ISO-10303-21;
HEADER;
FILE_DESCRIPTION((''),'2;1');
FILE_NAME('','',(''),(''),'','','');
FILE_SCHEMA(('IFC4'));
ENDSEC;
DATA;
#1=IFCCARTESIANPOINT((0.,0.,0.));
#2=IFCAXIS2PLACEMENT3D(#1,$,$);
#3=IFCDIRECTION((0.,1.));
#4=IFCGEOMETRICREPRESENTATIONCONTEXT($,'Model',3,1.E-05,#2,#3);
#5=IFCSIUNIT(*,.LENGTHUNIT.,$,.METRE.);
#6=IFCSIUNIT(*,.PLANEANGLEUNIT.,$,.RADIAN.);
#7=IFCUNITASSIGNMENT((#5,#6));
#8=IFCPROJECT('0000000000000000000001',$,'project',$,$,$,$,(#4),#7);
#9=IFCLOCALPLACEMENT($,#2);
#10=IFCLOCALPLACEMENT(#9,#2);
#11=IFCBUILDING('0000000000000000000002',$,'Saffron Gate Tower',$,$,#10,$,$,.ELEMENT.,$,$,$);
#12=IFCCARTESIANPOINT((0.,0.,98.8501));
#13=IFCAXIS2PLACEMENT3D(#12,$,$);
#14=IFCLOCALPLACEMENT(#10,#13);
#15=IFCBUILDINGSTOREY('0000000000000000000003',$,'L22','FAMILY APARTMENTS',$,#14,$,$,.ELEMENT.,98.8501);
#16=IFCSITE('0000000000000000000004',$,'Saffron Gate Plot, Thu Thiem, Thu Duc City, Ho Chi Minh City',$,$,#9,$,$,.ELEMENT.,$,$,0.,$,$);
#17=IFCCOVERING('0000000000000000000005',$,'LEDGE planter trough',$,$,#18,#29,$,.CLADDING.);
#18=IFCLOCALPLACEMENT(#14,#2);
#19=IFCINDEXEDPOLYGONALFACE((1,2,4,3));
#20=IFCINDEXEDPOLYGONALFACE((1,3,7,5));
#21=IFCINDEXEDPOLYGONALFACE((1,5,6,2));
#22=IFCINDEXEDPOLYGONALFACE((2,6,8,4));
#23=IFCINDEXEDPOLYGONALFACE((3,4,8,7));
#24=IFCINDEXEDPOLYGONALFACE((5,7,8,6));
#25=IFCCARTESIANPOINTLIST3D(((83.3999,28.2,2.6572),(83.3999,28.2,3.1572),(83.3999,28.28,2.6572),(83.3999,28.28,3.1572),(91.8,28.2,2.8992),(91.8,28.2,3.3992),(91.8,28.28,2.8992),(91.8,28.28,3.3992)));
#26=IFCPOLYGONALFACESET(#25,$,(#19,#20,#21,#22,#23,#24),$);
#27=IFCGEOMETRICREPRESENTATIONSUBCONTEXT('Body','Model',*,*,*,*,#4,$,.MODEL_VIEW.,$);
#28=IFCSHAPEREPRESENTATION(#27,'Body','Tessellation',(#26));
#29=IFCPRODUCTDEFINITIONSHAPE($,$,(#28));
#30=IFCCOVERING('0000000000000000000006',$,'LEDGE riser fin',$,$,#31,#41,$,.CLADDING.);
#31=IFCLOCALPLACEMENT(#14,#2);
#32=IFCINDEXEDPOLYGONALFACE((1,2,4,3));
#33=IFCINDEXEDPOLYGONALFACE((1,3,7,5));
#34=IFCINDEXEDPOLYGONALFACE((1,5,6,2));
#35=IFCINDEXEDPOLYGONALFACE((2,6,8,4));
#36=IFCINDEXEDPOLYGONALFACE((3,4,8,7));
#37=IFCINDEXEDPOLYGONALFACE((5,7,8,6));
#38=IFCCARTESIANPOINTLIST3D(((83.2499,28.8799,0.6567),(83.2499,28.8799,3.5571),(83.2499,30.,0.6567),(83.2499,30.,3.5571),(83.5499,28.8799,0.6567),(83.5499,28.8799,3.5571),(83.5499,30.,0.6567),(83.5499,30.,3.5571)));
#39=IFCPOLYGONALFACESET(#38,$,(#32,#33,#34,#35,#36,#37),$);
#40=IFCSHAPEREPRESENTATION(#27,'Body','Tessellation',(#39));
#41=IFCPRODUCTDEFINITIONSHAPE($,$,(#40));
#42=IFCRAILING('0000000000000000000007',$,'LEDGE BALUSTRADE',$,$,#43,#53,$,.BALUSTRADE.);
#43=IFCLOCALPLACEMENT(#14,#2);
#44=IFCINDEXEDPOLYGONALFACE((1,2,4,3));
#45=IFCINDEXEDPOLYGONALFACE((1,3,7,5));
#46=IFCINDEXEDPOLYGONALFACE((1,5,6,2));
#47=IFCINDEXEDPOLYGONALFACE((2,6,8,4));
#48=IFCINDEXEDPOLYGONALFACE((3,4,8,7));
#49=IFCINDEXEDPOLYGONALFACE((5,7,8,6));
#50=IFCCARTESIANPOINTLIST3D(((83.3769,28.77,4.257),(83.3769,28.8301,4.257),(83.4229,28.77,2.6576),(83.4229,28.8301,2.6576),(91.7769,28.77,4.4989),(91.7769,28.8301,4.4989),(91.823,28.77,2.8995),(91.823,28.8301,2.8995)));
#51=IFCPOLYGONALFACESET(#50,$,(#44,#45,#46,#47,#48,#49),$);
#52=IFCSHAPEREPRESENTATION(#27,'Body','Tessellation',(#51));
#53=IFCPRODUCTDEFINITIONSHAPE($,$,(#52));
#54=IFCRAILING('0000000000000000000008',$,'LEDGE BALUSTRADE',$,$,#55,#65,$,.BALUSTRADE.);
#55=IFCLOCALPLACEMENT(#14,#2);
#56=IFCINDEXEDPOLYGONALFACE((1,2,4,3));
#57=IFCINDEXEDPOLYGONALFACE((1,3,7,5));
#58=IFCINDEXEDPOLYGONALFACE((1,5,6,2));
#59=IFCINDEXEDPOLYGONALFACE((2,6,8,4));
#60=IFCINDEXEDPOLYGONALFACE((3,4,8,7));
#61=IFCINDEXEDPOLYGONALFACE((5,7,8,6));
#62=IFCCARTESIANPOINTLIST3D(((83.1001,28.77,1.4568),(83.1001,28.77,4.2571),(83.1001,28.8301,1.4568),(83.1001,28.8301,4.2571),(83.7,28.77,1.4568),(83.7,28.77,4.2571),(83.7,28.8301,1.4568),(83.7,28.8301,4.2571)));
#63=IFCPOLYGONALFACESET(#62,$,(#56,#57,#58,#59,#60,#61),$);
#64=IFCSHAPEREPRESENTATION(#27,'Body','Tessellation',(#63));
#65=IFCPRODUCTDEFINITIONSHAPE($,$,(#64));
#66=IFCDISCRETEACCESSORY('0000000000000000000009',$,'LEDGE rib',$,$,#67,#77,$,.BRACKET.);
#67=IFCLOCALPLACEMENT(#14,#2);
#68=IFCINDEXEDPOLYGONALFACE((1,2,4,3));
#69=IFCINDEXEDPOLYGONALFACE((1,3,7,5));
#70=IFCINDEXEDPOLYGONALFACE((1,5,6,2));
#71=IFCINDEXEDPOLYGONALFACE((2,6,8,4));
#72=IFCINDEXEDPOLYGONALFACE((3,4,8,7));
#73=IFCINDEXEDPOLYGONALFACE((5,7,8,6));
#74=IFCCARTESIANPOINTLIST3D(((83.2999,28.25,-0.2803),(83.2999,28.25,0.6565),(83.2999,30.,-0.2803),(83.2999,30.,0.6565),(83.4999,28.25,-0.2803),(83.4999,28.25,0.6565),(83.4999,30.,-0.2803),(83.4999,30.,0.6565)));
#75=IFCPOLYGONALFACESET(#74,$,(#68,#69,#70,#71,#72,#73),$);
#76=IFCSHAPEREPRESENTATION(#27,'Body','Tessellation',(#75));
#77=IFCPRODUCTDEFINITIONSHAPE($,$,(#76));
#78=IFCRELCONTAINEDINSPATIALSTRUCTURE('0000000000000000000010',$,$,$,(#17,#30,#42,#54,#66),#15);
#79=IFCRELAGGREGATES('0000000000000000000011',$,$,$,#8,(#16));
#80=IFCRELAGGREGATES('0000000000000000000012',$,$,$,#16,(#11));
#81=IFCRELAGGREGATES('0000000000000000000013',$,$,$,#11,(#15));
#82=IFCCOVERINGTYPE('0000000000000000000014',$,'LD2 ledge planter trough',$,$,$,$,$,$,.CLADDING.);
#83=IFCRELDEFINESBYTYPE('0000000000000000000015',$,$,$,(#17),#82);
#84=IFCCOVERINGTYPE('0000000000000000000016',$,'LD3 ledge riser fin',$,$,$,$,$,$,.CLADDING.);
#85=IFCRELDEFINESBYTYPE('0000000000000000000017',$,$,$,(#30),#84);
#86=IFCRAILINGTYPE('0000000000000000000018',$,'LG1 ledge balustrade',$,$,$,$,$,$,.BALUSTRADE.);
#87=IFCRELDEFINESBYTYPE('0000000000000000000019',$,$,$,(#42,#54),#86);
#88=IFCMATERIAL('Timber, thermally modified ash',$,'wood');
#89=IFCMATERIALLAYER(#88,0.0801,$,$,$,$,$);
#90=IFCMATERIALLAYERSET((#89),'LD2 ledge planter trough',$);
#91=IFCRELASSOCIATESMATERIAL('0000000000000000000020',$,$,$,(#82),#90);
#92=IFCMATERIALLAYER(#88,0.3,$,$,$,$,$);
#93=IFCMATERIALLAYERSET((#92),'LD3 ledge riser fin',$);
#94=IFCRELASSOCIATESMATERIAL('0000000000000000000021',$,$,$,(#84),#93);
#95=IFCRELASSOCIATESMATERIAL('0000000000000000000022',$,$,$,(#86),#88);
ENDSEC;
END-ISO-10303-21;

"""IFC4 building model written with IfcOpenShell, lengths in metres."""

from ifc_helpers import new_model, si_unit, direction, frame, origin, origin_2d, place, context, subcontext, project, spatial, polyline, rectangle, outline, extrude, material, layer, layer_set, type_object, element, save


model = new_model("IFC4")

# Units and contexts
model_context = context("Model", 3, precision=1e-05, world=origin(), true_north=direction((0.0, 1.0)))
body_context = subcontext(model_context, "Body", "Model", "MODEL_VIEW")
ifc_project = project(units=[si_unit("LENGTHUNIT", "METRE"), si_unit("PLANEANGLEUNIT", "RADIAN")], contexts=[model_context])

# Site, building, storey
site_placement = place(None, origin())
site = spatial("IfcSite", under=ifc_project, at=site_placement, Name="Saffron Gate Plot, Thu Thiem, Thu Duc City, Ho Chi Minh City", CompositionType="ELEMENT", RefElevation=0.0)
building_placement = place(site_placement, origin())
building = spatial("IfcBuilding", under=site, at=building_placement, Name="Saffron Gate Tower", CompositionType="ELEMENT")
storey_placement = place(building_placement, frame((0.0, 0.0, 98.8501)))
storey = spatial("IfcBuildingStorey", under=building, at=storey_placement, Name="L22", Description="FAMILY APARTMENTS", CompositionType="ELEMENT", Elevation=98.8501)

# Coverings
ifc_material_1 = material(Name="Timber, thermally modified ash", Category="wood")
ifc_layer_1 = layer(ifc_material_1, 0.0801)
ifc_layer_set_1 = layer_set([ifc_layer_1], Name="LD2 ledge planter trough")
covering_type_1 = type_object("IfcCoveringType", Name="LD2 ledge planter trough", PredefinedType="CLADDING", material=ifc_layer_set_1)
covering_1_placement = place(storey_placement, frame((83.3999, 28.2, 2.6572), z_axis=(0.0, -1.0, 0.0), x_axis=(0.999585, 0.0, 0.02879)))
element("IfcCovering", 1, at=covering_1_placement, inside=storey, type_object=covering_type_1, Name="LEDGE planter trough", PredefinedType="CLADDING", context=body_context, shape_type="SweptSolid", body=[
    extrude(outline(polyline([(0.0, 0.0), (8.4036, 0.0), (8.418, 0.4998), (0.0144, 0.4998), (0.0, 0.0)])), origin(), (0.0, 0.0, -1.0), 0.0801),
])
ifc_layer_2 = layer(ifc_material_1, 0.3)
ifc_layer_set_2 = layer_set([ifc_layer_2], Name="LD3 ledge riser fin")
covering_type_2 = type_object("IfcCoveringType", Name="LD3 ledge riser fin", PredefinedType="CLADDING", material=ifc_layer_set_2)
covering_2_placement = place(storey_placement, frame((83.3999, 29.4399, 0.6567), z_axis=(0.0, 0.0, 1.0), x_axis=(1.0, 0.0, 0.0)))
element("IfcCovering", 2, at=covering_2_placement, inside=storey, type_object=covering_type_2, Name="LEDGE riser fin", PredefinedType="CLADDING", context=body_context, shape_type="SweptSolid", body=[
    extrude(rectangle(XDim=0.3, YDim=1.1201, at=origin_2d()), origin(), (0.0, 0.0, 1.0), 2.9004),
])

# Railings
railing_type = type_object("IfcRailingType", Name="LG1 ledge balustrade", PredefinedType="BALUSTRADE", material=ifc_material_1)
railing_1_placement = place(storey_placement, frame((83.3999, 28.8, 2.6572)))
element("IfcRailing", 3, at=railing_1_placement, inside=storey, type_object=railing_type, Name="LEDGE BALUSTRADE", PredefinedType="BALUSTRADE", context=body_context, shape_type="SweptSolid", body=[
    extrude(rectangle(XDim=0.0601, YDim=1.6001, at=origin_2d()), frame((0.0, 0.0, 0.8), z_axis=(0.999585, 0.0, 0.02879), x_axis=(0.0, 1.0, 0.0)), (0.0, 0.0, 1.0), 8.4036),
])
railing_2_placement = place(storey_placement, frame((83.1001, 28.8, 1.4568)))
element("IfcRailing", 4, at=railing_2_placement, inside=storey, type_object=railing_type, Name="LEDGE BALUSTRADE", PredefinedType="BALUSTRADE", context=body_context, shape_type="SweptSolid", body=[
    extrude(rectangle(XDim=0.0601, YDim=2.8003, at=origin_2d()), frame((0.0, 0.0, 1.4001), z_axis=(1.0, 0.0, 0.0), x_axis=(0.0, 1.0, 0.0)), (0.0, 0.0, 1.0), 0.5999),
])

# Discrete accessory
discrete_accessory_placement = place(storey_placement, frame((83.3999, 29.125, -0.2803), z_axis=(0.0, 0.0, 1.0), x_axis=(1.0, 0.0, 0.0)))
element("IfcDiscreteAccessory", 5, at=discrete_accessory_placement, inside=storey, Name="LEDGE rib", PredefinedType="BRACKET", context=body_context, shape_type="SweptSolid", body=[
    extrude(rectangle(XDim=0.2, YDim=1.75, at=origin_2d()), origin(), (0.0, 0.0, 1.0), 0.9368),
])

save(model, "model.ifc")
